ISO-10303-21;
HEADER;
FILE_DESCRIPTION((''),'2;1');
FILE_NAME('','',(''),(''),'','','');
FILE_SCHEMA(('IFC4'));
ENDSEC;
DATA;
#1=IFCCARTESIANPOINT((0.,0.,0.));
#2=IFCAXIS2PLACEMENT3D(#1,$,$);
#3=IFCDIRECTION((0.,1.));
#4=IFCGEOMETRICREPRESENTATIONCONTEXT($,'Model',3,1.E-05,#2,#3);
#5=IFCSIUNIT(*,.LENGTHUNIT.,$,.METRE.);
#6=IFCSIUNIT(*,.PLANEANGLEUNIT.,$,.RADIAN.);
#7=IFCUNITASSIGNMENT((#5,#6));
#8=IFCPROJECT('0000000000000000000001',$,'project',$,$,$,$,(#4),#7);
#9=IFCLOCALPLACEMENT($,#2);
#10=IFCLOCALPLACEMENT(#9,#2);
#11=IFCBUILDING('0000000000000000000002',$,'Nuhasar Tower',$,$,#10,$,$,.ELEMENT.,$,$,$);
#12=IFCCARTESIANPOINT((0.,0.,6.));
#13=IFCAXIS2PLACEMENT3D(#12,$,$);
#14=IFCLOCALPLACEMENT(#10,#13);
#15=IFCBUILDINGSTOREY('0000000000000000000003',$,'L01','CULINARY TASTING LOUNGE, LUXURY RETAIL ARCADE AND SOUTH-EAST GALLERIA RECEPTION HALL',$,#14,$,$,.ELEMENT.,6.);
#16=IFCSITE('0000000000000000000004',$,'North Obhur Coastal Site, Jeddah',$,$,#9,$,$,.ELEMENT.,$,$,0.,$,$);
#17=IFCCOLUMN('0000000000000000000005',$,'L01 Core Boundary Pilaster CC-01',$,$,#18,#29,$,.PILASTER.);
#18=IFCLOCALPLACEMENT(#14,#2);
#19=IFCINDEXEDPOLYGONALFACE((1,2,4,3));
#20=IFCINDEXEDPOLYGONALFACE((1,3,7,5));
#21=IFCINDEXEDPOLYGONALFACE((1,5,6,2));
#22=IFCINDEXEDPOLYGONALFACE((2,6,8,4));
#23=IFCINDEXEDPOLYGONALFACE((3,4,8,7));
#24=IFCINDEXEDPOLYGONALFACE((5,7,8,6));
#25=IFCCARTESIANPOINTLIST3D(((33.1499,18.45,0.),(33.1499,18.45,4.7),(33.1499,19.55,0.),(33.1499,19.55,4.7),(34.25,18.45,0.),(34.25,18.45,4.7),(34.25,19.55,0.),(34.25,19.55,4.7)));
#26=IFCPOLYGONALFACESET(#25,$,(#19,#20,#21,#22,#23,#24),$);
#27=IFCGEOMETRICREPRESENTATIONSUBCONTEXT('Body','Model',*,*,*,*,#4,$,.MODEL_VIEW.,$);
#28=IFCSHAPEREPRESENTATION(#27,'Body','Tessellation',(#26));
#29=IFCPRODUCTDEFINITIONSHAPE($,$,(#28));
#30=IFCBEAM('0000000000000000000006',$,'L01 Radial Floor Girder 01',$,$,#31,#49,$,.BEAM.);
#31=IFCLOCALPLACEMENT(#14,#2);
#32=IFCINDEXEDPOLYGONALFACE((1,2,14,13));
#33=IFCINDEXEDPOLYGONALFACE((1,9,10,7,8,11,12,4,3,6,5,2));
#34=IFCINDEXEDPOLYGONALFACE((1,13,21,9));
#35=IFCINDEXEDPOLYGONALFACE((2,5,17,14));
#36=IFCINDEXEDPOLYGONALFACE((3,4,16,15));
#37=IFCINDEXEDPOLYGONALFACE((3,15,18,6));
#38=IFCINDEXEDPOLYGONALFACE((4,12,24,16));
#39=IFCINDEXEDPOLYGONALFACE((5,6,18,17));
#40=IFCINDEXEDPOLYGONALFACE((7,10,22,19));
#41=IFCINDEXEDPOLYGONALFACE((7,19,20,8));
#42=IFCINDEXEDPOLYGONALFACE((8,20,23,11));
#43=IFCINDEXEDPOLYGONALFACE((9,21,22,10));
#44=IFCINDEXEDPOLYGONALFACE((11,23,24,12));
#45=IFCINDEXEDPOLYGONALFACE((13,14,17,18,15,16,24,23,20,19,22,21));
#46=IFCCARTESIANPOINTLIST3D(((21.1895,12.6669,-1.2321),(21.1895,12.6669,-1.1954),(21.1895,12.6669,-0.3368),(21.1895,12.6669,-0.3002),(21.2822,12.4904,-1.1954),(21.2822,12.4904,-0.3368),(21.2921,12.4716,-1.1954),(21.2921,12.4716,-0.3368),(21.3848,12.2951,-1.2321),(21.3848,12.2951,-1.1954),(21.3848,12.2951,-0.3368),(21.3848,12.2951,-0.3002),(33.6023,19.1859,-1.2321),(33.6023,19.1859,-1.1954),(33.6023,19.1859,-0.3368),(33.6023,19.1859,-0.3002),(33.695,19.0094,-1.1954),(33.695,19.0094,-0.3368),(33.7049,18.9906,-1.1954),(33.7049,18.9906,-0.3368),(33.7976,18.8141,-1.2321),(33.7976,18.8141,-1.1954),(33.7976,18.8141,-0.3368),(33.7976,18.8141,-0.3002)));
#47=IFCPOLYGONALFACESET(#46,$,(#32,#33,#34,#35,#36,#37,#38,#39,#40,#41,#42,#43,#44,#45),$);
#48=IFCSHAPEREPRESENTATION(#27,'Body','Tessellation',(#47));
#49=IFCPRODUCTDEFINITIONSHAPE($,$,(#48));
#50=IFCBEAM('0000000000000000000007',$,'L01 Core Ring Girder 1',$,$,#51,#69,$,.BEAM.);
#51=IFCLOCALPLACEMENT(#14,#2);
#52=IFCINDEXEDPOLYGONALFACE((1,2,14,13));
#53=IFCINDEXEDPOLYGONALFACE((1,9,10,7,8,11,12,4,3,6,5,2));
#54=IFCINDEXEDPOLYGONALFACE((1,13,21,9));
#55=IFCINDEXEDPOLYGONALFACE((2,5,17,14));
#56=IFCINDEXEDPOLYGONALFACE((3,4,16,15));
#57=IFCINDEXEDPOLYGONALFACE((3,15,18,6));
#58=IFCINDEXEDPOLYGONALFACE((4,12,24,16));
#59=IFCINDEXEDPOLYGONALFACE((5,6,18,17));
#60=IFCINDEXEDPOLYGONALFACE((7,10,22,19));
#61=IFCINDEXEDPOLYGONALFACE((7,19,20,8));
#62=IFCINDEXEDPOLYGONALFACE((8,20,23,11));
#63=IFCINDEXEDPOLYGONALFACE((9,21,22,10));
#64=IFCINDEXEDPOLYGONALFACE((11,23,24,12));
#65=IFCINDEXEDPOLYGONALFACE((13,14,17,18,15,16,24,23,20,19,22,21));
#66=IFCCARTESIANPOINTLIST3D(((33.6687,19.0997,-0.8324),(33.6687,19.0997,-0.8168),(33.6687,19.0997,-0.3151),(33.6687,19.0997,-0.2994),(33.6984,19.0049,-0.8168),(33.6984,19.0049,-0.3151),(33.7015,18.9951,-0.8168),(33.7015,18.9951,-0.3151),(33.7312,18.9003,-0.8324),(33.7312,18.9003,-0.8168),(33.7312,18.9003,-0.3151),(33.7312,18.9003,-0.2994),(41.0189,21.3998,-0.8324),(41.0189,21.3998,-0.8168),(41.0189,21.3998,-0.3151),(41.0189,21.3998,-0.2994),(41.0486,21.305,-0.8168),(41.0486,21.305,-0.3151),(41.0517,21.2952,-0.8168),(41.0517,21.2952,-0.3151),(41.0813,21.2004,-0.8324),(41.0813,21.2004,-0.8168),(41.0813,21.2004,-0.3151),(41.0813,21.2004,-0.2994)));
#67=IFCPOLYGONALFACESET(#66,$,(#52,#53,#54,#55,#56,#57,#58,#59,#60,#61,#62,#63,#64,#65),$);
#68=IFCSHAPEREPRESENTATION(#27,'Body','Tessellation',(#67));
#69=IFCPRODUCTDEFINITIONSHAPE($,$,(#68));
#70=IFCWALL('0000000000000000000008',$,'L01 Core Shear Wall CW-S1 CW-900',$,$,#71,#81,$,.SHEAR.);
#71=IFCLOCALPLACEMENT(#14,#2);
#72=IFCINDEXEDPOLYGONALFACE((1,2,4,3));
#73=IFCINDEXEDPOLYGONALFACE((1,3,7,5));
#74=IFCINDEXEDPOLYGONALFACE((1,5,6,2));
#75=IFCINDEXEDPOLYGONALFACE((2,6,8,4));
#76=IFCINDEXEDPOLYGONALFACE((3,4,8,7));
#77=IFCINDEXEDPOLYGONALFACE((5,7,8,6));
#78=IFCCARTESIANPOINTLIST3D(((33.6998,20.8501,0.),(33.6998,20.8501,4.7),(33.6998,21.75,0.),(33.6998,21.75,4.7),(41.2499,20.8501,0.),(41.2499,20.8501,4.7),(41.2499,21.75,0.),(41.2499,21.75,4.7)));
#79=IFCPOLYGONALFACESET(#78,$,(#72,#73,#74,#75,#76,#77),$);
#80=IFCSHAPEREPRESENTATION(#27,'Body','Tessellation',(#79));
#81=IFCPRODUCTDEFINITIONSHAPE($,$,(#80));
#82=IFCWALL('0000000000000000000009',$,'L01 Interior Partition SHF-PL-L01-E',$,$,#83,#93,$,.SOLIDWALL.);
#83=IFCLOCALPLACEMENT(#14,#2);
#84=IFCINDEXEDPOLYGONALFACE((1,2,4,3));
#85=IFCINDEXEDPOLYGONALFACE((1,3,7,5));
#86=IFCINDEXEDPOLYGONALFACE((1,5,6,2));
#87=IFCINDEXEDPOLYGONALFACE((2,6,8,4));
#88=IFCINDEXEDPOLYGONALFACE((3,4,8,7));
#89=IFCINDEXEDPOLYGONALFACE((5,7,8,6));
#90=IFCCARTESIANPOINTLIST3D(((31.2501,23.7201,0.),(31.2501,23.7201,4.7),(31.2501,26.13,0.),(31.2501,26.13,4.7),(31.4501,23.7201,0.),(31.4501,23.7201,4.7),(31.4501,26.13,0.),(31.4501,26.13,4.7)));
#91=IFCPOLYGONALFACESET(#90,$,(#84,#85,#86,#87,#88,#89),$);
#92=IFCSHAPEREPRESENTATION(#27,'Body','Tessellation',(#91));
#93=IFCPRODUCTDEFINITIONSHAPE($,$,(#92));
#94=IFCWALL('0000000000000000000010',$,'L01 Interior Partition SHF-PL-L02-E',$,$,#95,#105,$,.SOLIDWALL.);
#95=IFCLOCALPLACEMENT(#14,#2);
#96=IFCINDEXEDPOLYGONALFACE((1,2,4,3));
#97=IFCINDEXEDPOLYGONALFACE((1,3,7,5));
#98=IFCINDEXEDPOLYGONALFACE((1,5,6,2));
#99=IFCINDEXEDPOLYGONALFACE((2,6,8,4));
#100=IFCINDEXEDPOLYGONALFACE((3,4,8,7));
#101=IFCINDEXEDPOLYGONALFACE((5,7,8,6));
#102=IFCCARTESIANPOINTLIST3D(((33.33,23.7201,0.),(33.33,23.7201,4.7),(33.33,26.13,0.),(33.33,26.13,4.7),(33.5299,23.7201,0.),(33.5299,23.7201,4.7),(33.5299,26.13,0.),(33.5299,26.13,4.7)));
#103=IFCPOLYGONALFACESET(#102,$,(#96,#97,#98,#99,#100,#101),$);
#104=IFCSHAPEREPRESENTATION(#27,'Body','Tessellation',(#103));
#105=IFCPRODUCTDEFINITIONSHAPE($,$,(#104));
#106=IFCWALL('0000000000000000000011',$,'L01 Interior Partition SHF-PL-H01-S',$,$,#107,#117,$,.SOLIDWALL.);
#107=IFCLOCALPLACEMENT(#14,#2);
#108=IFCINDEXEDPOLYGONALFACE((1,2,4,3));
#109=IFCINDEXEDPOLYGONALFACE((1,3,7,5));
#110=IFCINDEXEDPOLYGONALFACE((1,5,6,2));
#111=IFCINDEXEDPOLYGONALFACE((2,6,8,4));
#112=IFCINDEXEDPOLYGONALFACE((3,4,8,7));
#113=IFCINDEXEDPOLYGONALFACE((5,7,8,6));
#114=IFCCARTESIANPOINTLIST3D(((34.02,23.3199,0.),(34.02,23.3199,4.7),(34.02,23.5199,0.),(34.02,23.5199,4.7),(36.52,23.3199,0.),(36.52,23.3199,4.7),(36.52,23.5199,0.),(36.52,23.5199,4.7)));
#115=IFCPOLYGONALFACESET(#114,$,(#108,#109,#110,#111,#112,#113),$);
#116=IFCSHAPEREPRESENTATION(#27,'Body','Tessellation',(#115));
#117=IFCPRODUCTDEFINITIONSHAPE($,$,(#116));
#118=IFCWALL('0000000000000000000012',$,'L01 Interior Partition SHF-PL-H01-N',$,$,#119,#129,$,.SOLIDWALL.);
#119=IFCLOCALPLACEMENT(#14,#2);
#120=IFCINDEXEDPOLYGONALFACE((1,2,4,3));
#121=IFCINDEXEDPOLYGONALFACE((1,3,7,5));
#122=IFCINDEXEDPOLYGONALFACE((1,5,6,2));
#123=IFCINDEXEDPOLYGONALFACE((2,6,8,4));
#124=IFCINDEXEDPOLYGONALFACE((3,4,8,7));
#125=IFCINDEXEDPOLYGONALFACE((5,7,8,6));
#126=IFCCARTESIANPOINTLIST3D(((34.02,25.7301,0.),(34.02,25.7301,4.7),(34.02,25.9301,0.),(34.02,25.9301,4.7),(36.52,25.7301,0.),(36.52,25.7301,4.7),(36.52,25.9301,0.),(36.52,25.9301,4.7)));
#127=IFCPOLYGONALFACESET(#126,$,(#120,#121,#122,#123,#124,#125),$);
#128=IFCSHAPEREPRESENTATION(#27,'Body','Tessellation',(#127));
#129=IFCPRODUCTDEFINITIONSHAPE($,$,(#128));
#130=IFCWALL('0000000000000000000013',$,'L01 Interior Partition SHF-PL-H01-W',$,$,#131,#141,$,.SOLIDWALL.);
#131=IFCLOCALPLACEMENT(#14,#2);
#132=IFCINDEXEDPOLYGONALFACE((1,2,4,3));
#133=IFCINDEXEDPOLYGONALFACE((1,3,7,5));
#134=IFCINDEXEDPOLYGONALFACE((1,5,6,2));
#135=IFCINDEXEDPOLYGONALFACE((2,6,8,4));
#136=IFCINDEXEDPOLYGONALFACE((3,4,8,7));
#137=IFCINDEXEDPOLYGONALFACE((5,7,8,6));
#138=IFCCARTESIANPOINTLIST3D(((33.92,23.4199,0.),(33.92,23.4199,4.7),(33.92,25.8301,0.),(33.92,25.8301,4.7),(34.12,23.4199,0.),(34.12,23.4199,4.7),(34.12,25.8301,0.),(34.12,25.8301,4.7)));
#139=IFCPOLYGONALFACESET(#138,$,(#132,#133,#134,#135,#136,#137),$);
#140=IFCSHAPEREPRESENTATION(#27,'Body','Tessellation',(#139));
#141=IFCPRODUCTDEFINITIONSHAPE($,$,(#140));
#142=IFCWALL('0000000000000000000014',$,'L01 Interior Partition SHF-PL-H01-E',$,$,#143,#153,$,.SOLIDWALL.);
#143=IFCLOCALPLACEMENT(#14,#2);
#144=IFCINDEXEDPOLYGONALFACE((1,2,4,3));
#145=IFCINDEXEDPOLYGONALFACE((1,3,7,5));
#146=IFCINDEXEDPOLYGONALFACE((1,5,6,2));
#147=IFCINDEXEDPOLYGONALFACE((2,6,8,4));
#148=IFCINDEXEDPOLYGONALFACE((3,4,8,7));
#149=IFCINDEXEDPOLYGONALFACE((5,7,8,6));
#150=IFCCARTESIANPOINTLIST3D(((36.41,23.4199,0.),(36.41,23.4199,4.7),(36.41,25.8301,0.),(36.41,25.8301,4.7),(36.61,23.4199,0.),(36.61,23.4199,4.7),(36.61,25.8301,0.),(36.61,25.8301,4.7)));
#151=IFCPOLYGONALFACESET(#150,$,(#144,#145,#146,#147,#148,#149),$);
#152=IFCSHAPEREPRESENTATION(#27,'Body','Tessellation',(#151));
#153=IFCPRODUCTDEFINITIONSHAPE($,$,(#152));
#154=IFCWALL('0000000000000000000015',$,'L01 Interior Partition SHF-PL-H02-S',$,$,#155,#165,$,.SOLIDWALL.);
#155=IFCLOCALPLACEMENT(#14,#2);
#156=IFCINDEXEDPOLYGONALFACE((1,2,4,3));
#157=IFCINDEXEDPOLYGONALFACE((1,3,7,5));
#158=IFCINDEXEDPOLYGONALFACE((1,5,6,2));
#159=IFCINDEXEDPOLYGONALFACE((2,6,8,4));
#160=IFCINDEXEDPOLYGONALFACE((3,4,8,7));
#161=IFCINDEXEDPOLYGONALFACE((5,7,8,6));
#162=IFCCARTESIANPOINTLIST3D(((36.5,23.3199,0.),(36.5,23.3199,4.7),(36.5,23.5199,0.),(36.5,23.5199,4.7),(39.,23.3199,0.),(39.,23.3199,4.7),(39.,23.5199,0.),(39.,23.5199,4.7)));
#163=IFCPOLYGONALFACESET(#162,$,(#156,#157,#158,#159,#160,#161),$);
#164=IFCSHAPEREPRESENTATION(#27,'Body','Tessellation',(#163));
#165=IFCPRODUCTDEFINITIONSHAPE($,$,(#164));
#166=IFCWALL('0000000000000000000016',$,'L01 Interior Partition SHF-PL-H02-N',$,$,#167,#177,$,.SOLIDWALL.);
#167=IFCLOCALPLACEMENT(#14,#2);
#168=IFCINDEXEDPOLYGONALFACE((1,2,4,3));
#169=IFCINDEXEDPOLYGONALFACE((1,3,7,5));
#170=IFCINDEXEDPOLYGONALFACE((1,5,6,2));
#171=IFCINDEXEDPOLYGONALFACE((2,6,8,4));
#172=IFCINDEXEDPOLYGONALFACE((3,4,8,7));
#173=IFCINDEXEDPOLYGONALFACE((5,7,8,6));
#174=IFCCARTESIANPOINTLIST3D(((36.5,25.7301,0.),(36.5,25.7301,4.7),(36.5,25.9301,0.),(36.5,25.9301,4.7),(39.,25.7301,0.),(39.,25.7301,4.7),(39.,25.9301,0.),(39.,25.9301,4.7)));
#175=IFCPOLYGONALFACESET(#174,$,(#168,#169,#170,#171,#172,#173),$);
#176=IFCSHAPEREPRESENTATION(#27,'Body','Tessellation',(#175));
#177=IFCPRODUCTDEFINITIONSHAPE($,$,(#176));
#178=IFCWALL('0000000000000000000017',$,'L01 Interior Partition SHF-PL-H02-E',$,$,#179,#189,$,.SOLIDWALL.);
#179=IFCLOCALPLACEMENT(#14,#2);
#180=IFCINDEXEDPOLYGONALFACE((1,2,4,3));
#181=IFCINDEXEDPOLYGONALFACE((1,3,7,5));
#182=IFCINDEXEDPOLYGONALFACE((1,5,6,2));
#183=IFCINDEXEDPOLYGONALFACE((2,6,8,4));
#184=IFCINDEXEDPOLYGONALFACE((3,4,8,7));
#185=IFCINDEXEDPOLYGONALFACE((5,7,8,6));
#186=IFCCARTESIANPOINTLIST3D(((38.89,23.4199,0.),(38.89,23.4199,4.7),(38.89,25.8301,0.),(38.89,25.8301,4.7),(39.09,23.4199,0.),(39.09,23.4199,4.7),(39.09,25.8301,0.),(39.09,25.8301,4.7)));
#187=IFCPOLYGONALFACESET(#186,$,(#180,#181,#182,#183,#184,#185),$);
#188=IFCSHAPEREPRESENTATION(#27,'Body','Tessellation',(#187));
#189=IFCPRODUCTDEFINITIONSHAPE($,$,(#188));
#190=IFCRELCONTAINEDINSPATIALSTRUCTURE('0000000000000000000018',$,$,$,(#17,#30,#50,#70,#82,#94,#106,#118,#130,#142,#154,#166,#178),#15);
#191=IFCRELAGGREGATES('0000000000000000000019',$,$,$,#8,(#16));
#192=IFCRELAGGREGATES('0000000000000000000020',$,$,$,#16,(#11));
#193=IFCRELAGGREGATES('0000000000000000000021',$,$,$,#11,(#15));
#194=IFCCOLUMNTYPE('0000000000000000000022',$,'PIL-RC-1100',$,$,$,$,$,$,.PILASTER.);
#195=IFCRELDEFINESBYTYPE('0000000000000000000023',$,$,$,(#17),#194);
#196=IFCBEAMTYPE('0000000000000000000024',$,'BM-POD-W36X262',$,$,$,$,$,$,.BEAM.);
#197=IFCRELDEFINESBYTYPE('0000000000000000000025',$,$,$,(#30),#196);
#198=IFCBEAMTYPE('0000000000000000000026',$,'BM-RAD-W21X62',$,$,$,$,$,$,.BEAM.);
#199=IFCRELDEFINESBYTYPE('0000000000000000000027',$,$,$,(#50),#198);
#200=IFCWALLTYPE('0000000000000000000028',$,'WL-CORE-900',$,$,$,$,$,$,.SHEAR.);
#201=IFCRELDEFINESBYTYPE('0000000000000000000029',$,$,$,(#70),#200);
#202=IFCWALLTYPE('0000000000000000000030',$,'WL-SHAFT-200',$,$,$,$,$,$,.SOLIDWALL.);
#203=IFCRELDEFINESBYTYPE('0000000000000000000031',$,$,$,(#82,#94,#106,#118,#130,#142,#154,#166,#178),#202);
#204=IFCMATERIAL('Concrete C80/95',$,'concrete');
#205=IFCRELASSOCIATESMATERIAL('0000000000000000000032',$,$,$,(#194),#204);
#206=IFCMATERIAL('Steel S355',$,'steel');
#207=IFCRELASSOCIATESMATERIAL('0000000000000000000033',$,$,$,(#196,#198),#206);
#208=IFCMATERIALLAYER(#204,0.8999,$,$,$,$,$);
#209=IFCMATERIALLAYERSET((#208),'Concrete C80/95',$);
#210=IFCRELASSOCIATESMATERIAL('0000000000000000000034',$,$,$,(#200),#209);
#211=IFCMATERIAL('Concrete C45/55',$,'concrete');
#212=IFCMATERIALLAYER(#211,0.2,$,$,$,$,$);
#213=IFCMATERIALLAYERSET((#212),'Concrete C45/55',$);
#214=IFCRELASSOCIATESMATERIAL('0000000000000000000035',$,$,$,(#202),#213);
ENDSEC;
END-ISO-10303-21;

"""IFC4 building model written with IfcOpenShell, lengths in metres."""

from ifc_helpers import new_model, si_unit, direction, frame, frame_2d, origin, origin_2d, place, context, subcontext, project, spatial, rectangle, i_section, extrude, material, layer, layer_set, material_profile, profile_set, type_object, element, save


model = new_model("IFC4")

# Units and contexts
model_context = context("Model", 3, precision=1e-05, world=origin(), true_north=direction((0.0, 1.0)))
body_context = subcontext(model_context, "Body", "Model", "MODEL_VIEW")
ifc_project = project(units=[si_unit("LENGTHUNIT", "METRE"), si_unit("PLANEANGLEUNIT", "RADIAN")], contexts=[model_context])

# Site, building, storey
site_placement = place(None, origin())
site = spatial("IfcSite", under=ifc_project, at=site_placement, Name="North Obhur Coastal Site, Jeddah", CompositionType="ELEMENT", RefElevation=0.0)
building_placement = place(site_placement, origin())
building = spatial("IfcBuilding", under=site, at=building_placement, Name="Nuhasar Tower", CompositionType="ELEMENT")
storey_placement = place(building_placement, frame((0.0, 0.0, 6.0)))
storey = spatial("IfcBuildingStorey", under=building, at=storey_placement, Name="L01", Description="CULINARY TASTING LOUNGE, LUXURY RETAIL ARCADE AND SOUTH-EAST GALLERIA RECEPTION HALL", CompositionType="ELEMENT", Elevation=6.0)

# Column
ifc_material_1 = material(Name="Concrete C80/95", Category="concrete")
ifc_material_profile_1 = material_profile(ifc_material_1, rectangle(XDim=1.1001, YDim=1.1001, at=origin_2d()), Name="RC1100X1100")
ifc_profile_set_1 = profile_set([ifc_material_profile_1], Name="Concrete C80/95")
column_type = type_object("IfcColumnType", Name="PIL-RC-1100", PredefinedType="PILASTER", material=ifc_profile_set_1)
column_placement = place(storey_placement, frame((33.7, 19.0, 0.0), z_axis=(0.0, 0.0, 1.0), x_axis=(1.0, 0.0, 0.0)))
element("IfcColumn", 1, at=column_placement, inside=storey, type_object=column_type, Name="L01 Core Boundary Pilaster CC-01", PredefinedType="PILASTER", context=body_context, shape_type="SweptSolid", body=[
    extrude(rectangle(XDim=1.1001, YDim=1.1001, at=origin_2d()), origin(), (0.0, 0.0, 1.0), 4.7),
])

# Beams
ifc_material_2 = material(Name="Steel S355", Category="steel")
ifc_material_profile_2 = material_profile(ifc_material_2, i_section(OverallWidth=0.4199, OverallDepth=0.9319, WebThickness=0.0212, FlangeThickness=0.0366, at=origin_2d()), Name="W36X262")
ifc_profile_set_2 = profile_set([ifc_material_profile_2], Name="Steel S355")
beam_type_1 = type_object("IfcBeamType", Name="BM-POD-W36X262", PredefinedType="BEAM", material=ifc_profile_set_2)
beam_1_placement = place(storey_placement, frame((33.7, 19.0, -0.7661), z_axis=(-0.88533, -0.464963, 0.0), x_axis=(0.464963, -0.88533, 0.0)))
element("IfcBeam", 2, at=beam_1_placement, inside=storey, type_object=beam_type_1, Name="L01 Radial Floor Girder 01", PredefinedType="BEAM", context=body_context, shape_type="SweptSolid", body=[
    extrude(i_section(OverallWidth=0.4199, OverallDepth=0.9319, WebThickness=0.0212, FlangeThickness=0.0366, at=origin_2d()), origin(), (0.0, 0.0, 1.0), 14.0205),
])
ifc_material_profile_3 = material_profile(ifc_material_2, i_section(OverallWidth=0.209, OverallDepth=0.533, WebThickness=0.0103, FlangeThickness=0.0156, at=origin_2d()), Name="W21X62")
ifc_profile_set_3 = profile_set([ifc_material_profile_3], Name="Steel S355")
beam_type_2 = type_object("IfcBeamType", Name="BM-RAD-W21X62", PredefinedType="BEAM", material=ifc_profile_set_3)
beam_2_placement = place(storey_placement, frame((33.7, 19.0, -0.5659), z_axis=(0.954364, 0.298647, 0.0), x_axis=(-0.298647, 0.954364, 0.0)))
element("IfcBeam", 3, at=beam_2_placement, inside=storey, type_object=beam_type_2, Name="L01 Core Ring Girder 1", PredefinedType="BEAM", context=body_context, shape_type="SweptSolid", body=[
    extrude(i_section(OverallWidth=0.209, OverallDepth=0.533, WebThickness=0.0103, FlangeThickness=0.0156, at=origin_2d()), origin(), (0.0, 0.0, 1.0), 7.7017),
])

# Wall
ifc_layer_1 = layer(ifc_material_1, 0.8999)
ifc_layer_set_1 = layer_set([ifc_layer_1], Name="Concrete C80/95")
wall_type_1 = type_object("IfcWallType", Name="WL-CORE-900", PredefinedType="SHEAR", material=ifc_layer_set_1)
wall_1_placement = place(storey_placement, frame((33.7, 21.3, 0.0), z_axis=(0.0, 0.0, 1.0), x_axis=(1.0, 0.0, 0.0)))
element("IfcWall", 4, at=wall_1_placement, inside=storey, type_object=wall_type_1, Name="L01 Core Shear Wall CW-S1 CW-900", PredefinedType="SHEAR", context=body_context, shape_type="SweptSolid", body=[
    extrude(rectangle(XDim=7.55, YDim=0.8999, at=frame_2d((3.7749, 0.0))), origin(), (0.0, 0.0, 1.0), 4.7),
])

# Shared definitions
ifc_material_3 = material(Name="Concrete C45/55", Category="concrete")

# Walls
ifc_layer_2 = layer(ifc_material_3, 0.2)
ifc_layer_set_2 = layer_set([ifc_layer_2], Name="Concrete C45/55")
wall_type_2 = type_object("IfcWallType", Name="WL-SHAFT-200", PredefinedType="SOLIDWALL", material=ifc_layer_set_2)
for number, where, z_axis, x_axis, name in (
    (5, (31.3501, 23.72, 0.0), (0.0, 0.0, 1.0), (0.0, 1.0, 0.0), "L01 Interior Partition SHF-PL-L01-E"),
    (6, (33.4299, 23.72, 0.0), (0.0, 0.0, 1.0), (0.0, 1.0, 0.0), "L01 Interior Partition SHF-PL-L02-E"),
):
    element("IfcWall", number, at=place(storey_placement, frame(where, z_axis=z_axis, x_axis=x_axis)), inside=storey, type_object=wall_type_2, Name=name, PredefinedType="SOLIDWALL", context=body_context, shape_type="SweptSolid", body=[
        extrude(rectangle(XDim=2.4099, YDim=0.2, at=frame_2d((1.2051, 0.0))), origin(), (0.0, 0.0, 1.0), 4.7),
    ])
for number, where, z_axis, x_axis, name in (
    (7, (34.02, 23.4199, 0.0), (0.0, 0.0, 1.0), (1.0, 0.0, 0.0), "L01 Interior Partition SHF-PL-H01-S"),
    (8, (34.02, 25.8301, 0.0), (0.0, 0.0, 1.0), (1.0, 0.0, 0.0), "L01 Interior Partition SHF-PL-H01-N"),
):
    element("IfcWall", number, at=place(storey_placement, frame(where, z_axis=z_axis, x_axis=x_axis)), inside=storey, type_object=wall_type_2, Name=name, PredefinedType="SOLIDWALL", context=body_context, shape_type="SweptSolid", body=[
        extrude(rectangle(XDim=2.5, YDim=0.2, at=frame_2d((1.25, 0.0))), origin(), (0.0, 0.0, 1.0), 4.7),
    ])
for number, where, z_axis, x_axis, name in (
    (9, (34.02, 23.4199, 0.0), (0.0, 0.0, 1.0), (0.0, 1.0, 0.0), "L01 Interior Partition SHF-PL-H01-W"),
    (10, (36.51, 23.4199, 0.0), (0.0, 0.0, 1.0), (0.0, 1.0, 0.0), "L01 Interior Partition SHF-PL-H01-E"),
):
    element("IfcWall", number, at=place(storey_placement, frame(where, z_axis=z_axis, x_axis=x_axis)), inside=storey, type_object=wall_type_2, Name=name, PredefinedType="SOLIDWALL", context=body_context, shape_type="SweptSolid", body=[
        extrude(rectangle(XDim=2.4102, YDim=0.2, at=frame_2d((1.2051, 0.0))), origin(), (0.0, 0.0, 1.0), 4.7),
    ])
for number, where, z_axis, x_axis, name in (
    (11, (36.5, 23.4199, 0.0), (0.0, 0.0, 1.0), (1.0, 0.0, 0.0), "L01 Interior Partition SHF-PL-H02-S"),
    (12, (36.5, 25.8301, 0.0), (0.0, 0.0, 1.0), (1.0, 0.0, 0.0), "L01 Interior Partition SHF-PL-H02-N"),
):
    element("IfcWall", number, at=place(storey_placement, frame(where, z_axis=z_axis, x_axis=x_axis)), inside=storey, type_object=wall_type_2, Name=name, PredefinedType="SOLIDWALL", context=body_context, shape_type="SweptSolid", body=[
        extrude(rectangle(XDim=2.5, YDim=0.2, at=frame_2d((1.25, 0.0))), origin(), (0.0, 0.0, 1.0), 4.7),
    ])
wall_2_placement = place(storey_placement, frame((38.99, 23.4199, 0.0), z_axis=(0.0, 0.0, 1.0), x_axis=(0.0, 1.0, 0.0)))
element("IfcWall", 13, at=wall_2_placement, inside=storey, type_object=wall_type_2, Name="L01 Interior Partition SHF-PL-H02-E", PredefinedType="SOLIDWALL", context=body_context, shape_type="SweptSolid", body=[
    extrude(rectangle(XDim=2.4102, YDim=0.2, at=frame_2d((1.2051, 0.0))), origin(), (0.0, 0.0, 1.0), 4.7),
])

save(model, "model.ifc")
